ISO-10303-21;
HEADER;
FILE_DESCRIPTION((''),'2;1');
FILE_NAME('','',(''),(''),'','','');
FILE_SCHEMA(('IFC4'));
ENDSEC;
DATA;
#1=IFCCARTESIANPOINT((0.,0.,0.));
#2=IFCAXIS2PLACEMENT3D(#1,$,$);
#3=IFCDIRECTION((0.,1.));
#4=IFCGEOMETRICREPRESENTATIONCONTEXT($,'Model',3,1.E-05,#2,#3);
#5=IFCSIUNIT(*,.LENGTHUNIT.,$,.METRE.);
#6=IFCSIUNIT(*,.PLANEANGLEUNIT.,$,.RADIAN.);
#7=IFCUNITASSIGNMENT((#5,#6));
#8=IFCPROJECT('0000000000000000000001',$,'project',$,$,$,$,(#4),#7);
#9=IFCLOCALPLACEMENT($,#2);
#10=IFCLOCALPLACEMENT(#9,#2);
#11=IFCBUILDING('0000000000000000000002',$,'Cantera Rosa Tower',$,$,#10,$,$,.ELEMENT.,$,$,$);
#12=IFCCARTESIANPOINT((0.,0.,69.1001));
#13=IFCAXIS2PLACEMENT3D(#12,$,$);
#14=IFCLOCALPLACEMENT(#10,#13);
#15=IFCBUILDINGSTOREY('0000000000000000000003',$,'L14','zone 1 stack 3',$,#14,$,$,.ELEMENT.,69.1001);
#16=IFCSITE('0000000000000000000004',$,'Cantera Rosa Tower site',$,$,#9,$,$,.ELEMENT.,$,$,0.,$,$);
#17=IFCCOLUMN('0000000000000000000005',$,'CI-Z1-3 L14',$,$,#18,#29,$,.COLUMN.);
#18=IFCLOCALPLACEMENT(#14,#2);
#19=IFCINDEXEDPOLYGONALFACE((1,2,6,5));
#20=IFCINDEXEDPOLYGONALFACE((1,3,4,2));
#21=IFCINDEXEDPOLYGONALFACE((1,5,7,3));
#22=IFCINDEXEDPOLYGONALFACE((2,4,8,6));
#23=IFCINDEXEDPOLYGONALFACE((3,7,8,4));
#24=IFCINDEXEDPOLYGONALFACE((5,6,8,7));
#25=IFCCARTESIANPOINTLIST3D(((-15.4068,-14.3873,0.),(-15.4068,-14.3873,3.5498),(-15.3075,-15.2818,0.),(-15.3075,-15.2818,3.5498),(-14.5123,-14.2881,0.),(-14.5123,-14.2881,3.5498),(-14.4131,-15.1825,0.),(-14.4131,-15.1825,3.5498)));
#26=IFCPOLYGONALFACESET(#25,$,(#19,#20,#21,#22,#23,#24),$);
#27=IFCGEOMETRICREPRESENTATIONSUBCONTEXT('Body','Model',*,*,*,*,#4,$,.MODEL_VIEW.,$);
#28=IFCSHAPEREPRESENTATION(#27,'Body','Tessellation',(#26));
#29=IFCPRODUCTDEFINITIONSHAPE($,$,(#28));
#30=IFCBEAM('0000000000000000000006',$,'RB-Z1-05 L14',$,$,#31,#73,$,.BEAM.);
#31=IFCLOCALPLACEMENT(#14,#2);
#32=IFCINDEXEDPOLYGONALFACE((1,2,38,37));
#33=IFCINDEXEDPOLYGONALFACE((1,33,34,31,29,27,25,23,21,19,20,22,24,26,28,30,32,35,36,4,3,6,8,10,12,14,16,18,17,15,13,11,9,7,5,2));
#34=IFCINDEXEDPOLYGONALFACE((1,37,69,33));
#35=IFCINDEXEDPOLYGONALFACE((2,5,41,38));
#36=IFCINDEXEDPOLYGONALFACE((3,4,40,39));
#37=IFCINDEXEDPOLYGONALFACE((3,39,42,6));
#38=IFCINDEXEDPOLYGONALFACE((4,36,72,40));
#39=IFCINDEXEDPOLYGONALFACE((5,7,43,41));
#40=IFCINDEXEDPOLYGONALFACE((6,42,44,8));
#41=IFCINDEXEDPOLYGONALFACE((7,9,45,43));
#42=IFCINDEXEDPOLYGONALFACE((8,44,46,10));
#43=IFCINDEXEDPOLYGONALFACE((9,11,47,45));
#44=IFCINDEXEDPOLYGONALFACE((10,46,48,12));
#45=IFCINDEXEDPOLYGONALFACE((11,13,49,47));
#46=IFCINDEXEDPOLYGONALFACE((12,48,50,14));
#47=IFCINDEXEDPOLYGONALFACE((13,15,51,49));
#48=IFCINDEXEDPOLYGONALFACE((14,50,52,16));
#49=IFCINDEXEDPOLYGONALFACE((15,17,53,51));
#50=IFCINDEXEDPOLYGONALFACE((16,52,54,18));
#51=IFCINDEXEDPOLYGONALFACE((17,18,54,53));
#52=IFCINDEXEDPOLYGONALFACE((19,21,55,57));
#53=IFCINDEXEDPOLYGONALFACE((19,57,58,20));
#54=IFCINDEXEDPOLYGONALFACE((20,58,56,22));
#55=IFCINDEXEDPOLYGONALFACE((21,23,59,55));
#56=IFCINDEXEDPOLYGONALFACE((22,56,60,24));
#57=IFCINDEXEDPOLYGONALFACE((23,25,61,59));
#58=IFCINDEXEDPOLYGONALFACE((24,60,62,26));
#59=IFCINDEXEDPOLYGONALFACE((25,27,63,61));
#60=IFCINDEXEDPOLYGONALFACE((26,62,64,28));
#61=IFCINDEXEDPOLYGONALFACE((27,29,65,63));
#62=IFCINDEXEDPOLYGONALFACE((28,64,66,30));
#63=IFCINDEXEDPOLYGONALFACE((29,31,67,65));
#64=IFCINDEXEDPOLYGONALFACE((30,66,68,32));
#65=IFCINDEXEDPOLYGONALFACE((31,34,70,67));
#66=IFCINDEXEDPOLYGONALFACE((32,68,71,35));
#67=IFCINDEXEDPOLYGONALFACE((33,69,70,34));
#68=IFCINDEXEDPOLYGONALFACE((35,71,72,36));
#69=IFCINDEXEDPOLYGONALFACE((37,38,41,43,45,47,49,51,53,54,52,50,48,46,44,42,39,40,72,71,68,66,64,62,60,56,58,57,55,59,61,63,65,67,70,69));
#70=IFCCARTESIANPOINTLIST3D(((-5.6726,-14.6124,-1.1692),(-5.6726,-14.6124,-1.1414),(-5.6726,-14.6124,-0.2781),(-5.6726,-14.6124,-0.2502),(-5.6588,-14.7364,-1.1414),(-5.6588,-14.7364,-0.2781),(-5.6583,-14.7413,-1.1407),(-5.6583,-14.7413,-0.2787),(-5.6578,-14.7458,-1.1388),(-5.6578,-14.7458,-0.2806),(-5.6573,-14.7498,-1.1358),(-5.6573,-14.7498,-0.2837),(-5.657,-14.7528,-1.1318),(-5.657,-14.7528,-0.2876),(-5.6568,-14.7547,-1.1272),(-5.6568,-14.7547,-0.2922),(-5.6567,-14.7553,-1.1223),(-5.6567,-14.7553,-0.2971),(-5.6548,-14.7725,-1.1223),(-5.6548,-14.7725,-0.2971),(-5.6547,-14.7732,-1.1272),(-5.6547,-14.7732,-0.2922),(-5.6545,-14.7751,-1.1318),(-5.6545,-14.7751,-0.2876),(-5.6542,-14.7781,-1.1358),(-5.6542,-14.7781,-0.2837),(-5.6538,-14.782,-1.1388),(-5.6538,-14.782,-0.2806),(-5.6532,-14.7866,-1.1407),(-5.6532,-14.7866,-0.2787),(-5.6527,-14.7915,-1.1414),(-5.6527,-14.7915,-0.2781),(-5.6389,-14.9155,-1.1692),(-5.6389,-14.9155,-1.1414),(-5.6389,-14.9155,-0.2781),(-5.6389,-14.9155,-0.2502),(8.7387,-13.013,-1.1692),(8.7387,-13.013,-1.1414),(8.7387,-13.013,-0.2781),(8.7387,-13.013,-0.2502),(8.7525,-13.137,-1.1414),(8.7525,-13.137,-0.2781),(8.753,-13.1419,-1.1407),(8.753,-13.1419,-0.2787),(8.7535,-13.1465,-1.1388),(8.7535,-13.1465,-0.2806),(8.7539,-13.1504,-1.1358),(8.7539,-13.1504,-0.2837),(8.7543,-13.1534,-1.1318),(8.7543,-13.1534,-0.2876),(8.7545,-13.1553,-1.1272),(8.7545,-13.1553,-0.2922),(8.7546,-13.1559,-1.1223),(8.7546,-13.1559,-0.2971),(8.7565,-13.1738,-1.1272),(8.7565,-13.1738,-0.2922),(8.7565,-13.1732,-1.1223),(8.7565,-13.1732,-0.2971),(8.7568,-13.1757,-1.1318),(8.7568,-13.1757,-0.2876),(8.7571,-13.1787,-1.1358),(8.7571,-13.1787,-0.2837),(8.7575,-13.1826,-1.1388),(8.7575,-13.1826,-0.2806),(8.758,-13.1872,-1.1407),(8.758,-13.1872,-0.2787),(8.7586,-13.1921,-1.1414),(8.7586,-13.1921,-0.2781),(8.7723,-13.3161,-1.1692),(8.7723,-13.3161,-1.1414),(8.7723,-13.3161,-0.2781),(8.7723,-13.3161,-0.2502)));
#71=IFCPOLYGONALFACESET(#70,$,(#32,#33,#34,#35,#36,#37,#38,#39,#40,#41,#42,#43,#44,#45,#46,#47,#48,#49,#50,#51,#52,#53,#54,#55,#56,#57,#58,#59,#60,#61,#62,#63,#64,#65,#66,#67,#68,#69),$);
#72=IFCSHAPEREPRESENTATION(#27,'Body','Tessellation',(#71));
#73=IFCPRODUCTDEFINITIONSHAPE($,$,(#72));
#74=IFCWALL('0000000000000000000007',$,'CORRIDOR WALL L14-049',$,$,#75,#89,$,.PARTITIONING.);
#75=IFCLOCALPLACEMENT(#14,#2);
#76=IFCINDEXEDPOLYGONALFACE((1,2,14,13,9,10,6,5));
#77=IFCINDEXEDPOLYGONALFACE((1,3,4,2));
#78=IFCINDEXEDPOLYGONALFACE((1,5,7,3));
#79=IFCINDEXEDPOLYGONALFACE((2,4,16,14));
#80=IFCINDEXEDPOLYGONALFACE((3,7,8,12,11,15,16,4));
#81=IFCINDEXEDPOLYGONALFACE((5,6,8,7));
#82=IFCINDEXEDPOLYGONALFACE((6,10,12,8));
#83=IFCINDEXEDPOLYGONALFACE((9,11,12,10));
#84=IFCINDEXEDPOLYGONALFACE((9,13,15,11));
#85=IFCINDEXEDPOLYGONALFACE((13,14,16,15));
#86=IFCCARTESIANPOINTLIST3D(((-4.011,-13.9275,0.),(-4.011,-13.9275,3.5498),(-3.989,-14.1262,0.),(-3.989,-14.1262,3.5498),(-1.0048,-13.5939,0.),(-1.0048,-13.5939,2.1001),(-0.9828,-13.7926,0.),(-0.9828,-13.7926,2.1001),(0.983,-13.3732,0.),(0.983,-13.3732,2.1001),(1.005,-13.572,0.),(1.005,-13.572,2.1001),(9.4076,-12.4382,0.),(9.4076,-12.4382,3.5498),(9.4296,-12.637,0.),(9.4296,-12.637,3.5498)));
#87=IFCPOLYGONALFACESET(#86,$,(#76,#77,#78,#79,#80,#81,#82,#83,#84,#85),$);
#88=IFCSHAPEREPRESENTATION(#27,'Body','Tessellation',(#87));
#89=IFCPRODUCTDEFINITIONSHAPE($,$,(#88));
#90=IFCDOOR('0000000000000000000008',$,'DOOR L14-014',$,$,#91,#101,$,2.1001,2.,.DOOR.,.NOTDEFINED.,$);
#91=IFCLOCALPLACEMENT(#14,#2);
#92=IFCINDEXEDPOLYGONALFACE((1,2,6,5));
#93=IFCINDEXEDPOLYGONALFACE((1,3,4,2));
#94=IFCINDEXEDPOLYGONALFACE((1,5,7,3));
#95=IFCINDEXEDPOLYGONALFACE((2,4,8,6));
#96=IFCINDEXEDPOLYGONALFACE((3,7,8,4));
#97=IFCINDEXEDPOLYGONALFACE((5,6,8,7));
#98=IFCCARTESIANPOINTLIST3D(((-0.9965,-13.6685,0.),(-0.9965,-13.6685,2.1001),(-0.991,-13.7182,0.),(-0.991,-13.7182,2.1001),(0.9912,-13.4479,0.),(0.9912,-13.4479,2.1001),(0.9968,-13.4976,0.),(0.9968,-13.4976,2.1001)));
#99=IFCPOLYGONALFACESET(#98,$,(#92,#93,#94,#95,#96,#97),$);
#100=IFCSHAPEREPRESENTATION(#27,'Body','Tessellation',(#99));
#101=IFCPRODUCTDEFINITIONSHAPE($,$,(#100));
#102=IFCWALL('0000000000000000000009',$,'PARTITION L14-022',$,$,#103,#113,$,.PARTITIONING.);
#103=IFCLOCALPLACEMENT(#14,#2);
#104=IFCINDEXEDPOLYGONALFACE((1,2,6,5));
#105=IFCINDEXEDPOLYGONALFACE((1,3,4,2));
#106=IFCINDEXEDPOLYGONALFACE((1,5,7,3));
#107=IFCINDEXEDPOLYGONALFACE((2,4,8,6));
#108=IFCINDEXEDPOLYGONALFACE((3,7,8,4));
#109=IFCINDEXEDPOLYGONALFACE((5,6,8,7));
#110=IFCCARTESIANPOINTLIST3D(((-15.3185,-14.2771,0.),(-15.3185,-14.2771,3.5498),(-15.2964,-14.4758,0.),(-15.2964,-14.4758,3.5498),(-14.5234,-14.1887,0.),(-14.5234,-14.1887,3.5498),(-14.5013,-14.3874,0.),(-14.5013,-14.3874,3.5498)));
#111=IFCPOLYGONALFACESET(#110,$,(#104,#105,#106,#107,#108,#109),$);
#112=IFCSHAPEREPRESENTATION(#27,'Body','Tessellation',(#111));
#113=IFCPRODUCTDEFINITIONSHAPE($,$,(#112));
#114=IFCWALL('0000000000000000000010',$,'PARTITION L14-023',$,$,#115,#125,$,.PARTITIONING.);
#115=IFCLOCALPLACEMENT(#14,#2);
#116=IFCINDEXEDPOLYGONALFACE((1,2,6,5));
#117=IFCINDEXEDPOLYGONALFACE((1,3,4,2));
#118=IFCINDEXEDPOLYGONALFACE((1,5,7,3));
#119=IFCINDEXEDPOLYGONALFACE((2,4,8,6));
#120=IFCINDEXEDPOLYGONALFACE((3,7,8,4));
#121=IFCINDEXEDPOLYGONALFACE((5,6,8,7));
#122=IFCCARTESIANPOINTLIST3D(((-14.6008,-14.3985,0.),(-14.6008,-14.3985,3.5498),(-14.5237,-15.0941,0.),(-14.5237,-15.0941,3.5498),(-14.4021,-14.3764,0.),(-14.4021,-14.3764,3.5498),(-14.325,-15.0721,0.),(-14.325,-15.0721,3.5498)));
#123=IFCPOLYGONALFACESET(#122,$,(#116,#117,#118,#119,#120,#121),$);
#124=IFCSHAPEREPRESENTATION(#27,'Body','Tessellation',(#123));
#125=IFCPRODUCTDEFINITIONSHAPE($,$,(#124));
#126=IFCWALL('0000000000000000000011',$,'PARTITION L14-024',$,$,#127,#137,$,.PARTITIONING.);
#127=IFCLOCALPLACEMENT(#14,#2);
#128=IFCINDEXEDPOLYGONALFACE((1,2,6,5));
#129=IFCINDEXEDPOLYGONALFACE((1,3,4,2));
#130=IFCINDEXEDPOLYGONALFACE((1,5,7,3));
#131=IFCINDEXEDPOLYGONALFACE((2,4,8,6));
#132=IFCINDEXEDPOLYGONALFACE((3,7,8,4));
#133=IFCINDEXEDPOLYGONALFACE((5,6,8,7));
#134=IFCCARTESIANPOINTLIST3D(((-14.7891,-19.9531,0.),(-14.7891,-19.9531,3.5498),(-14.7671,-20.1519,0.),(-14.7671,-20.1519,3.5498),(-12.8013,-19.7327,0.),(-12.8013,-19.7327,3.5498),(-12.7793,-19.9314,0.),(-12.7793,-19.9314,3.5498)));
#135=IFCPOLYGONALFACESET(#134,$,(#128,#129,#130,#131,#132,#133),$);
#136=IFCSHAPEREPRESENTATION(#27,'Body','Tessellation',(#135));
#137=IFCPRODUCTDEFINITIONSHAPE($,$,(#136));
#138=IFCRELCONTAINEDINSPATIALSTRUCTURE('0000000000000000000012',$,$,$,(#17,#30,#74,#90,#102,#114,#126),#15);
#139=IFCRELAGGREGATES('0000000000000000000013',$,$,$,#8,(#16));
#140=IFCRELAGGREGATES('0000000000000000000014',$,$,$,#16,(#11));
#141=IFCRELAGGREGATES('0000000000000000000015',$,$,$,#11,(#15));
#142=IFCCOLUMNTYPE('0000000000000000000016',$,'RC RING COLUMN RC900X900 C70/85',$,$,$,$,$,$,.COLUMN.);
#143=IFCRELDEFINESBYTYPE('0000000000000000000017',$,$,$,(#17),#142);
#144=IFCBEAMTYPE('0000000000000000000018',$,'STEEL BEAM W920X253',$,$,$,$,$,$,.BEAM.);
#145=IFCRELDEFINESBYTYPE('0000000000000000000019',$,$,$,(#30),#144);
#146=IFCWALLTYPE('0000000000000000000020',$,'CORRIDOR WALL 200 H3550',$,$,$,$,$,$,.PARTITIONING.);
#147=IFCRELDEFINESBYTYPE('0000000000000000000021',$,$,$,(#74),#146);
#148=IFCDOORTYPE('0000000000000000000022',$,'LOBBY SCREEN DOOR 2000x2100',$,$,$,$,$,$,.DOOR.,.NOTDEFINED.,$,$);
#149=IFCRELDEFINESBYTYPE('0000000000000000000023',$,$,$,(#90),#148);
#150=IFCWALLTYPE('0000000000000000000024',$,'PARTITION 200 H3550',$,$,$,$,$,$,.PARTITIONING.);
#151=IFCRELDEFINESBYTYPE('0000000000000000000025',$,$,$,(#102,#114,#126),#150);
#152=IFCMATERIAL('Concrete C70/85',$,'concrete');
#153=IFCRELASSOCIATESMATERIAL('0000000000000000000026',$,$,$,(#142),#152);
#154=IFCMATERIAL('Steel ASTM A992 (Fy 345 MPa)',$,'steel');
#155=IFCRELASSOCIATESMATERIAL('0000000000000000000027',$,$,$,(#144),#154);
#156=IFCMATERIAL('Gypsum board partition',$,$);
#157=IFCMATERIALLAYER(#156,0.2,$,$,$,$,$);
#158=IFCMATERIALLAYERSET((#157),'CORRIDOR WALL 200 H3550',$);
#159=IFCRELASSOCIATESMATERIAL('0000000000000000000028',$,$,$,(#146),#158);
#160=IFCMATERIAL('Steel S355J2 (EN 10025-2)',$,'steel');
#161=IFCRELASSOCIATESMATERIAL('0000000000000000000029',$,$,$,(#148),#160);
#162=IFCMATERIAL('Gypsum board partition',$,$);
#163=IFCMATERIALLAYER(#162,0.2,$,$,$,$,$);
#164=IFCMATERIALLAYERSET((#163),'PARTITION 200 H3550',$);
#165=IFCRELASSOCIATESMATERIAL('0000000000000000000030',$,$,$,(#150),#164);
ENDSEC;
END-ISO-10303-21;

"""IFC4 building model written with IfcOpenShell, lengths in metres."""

from ifc_helpers import new_model, si_unit, direction, frame, frame_2d, origin, origin_2d, place, context, subcontext, project, spatial, rectangle, i_section, extrude, material, layer, layer_set, material_profile, profile_set, type_object, element, fill, save


model = new_model("IFC4")

# Units and contexts
model_context = context("Model", 3, precision=1e-05, world=origin(), true_north=direction((0.0, 1.0)))
body_context = subcontext(model_context, "Body", "Model", "MODEL_VIEW")
ifc_project = project(units=[si_unit("LENGTHUNIT", "METRE"), si_unit("PLANEANGLEUNIT", "RADIAN")], contexts=[model_context])

# Site, building, storey
site_placement = place(None, origin())
site = spatial("IfcSite", under=ifc_project, at=site_placement, Name="Cantera Rosa Tower site", CompositionType="ELEMENT", RefElevation=0.0)
building_placement = place(site_placement, origin())
building = spatial("IfcBuilding", under=site, at=building_placement, Name="Cantera Rosa Tower", CompositionType="ELEMENT")
storey_placement = place(building_placement, frame((0.0, 0.0, 69.1001)))
storey = spatial("IfcBuildingStorey", under=building, at=storey_placement, Name="L14", Description="zone 1 stack 3", CompositionType="ELEMENT", Elevation=69.1001)

# Column
ifc_material_1 = material(Name="Concrete C70/85", Category="concrete")
ifc_material_profile_1 = material_profile(ifc_material_1, rectangle(XDim=0.8999, YDim=0.8999, at=origin_2d()), Name="RC RING COLUMN RC900X900 C70/85")
ifc_profile_set_1 = profile_set([ifc_material_profile_1], Name="Concrete C70/85")
column_type = type_object("IfcColumnType", Name="RC RING COLUMN RC900X900 C70/85", PredefinedType="COLUMN", material=ifc_profile_set_1)
column_placement = place(storey_placement, frame((-14.9099, -14.7849, 0.0), z_axis=(0.0, 0.0, 1.0), x_axis=(0.993897, 0.110313, 0.0)))
element("IfcColumn", 1, at=column_placement, inside=storey, type_object=column_type, Name="CI-Z1-3 L14", PredefinedType="COLUMN", context=body_context, shape_type="SweptSolid", body=[
    extrude(rectangle(XDim=0.8999, YDim=0.8999, at=origin_2d()), origin(), (0.0, 0.0, 1.0), 3.5498),
])

# Beam
ifc_material_2 = material(Name="Steel ASTM A992 (Fy 345 MPa)", Category="steel")
ifc_material_profile_2 = material_profile(ifc_material_2, i_section(OverallWidth=0.3049, OverallDepth=0.9189, WebThickness=0.0173, FlangeThickness=0.0278, FilletRadius=0.019, at=origin_2d()), Name="W920X253")
ifc_profile_set_2 = profile_set([ifc_material_profile_2], Name="Steel ASTM A992 (Fy 345 MPa)")
beam_type = type_object("IfcBeamType", Name="STEEL BEAM W920X253", PredefinedType="BEAM", material=ifc_profile_set_2)
beam_placement = place(storey_placement, frame((-5.6558, -14.7639, -0.7097), z_axis=(0.993898, 0.110302, 0.0), x_axis=(-0.110302, 0.993898, 0.0)))
element("IfcBeam", 2, at=beam_placement, inside=storey, type_object=beam_type, Name="RB-Z1-05 L14", PredefinedType="BEAM", context=body_context, shape_type="SweptSolid", body=[
    extrude(i_section(OverallWidth=0.3049, OverallDepth=0.9189, WebThickness=0.0173, FlangeThickness=0.0278, FilletRadius=0.019, at=origin_2d()), origin(), (0.0, 0.0, 1.0), 14.4998),
])

# Wall, opening, door
ifc_material_3 = material(Name="Gypsum board partition")
ifc_layer_1 = layer(ifc_material_3, 0.2)
ifc_layer_set_1 = layer_set([ifc_layer_1], Name="CORRIDOR WALL 200 H3550")
wall_type_1 = type_object("IfcWallType", Name="CORRIDOR WALL 200 H3550", PredefinedType="PARTITIONING", material=ifc_layer_set_1)
wall_1_placement = place(storey_placement, frame((-4.0, -14.0269, 0.0), z_axis=(0.0, 0.0, 1.0), x_axis=(0.993898, 0.110306, 0.0)))
wall_1 = element("IfcWall", 3, at=wall_1_placement, inside=storey, type_object=wall_type_1, Name="CORRIDOR WALL L14-049", PredefinedType="PARTITIONING", context=body_context, shape_type="SweptSolid", body=[
    extrude(rectangle(XDim=13.501, YDim=0.2, at=frame_2d((6.7505, 0.0))), origin(), (0.0, 0.0, 1.0), 3.5498),
])
opening_1_placement = place(wall_1_placement, frame((3.0247, 0.0, 0.0)))
opening_1 = element("IfcOpeningElement", 4, at=opening_1_placement, cuts=wall_1, PredefinedType="OPENING", context=body_context, shape_type="SweptSolid", body=[
    extrude(rectangle(XDim=2.0, YDim=2.1001, at=frame_2d((1.0, 1.05))), frame((0.0, 0.1099, 0.0), z_axis=(0.0, -1.0, 0.0), x_axis=(1.0, 0.0, 0.0)), (0.0, 0.0, 1.0), 0.22),
])
ifc_material_4 = material(Name="Steel S355J2 (EN 10025-2)", Category="steel")
door_type_1 = type_object("IfcDoorType", Name="LOBBY SCREEN DOOR 2000x2100", OperationType="NOTDEFINED", PredefinedType="DOOR", material=ifc_material_4)
door_1_placement = place(opening_1_placement, origin())
door_1 = element("IfcDoor", 5, at=door_1_placement, inside=storey, type_object=door_type_1, Name="DOOR L14-014", OperationType="NOTDEFINED", OverallHeight=2.1001, OverallWidth=2.0, PredefinedType="DOOR", context=body_context, shape_type="SweptSolid", body=[
    extrude(rectangle(XDim=2.0, YDim=2.1001, at=frame_2d((1.0, 1.05))), frame((0.0, 0.0249, 0.0), z_axis=(0.0, -1.0, 0.0), x_axis=(1.0, 0.0, 0.0)), (0.0, 0.0, 1.0), 0.05),
])
fill(opening_1, door_1)

# Walls
ifc_material_5 = material(Name="Gypsum board partition")
ifc_layer_2 = layer(ifc_material_5, 0.2)
ifc_layer_set_2 = layer_set([ifc_layer_2], Name="PARTITION 200 H3550")
wall_type_2 = type_object("IfcWallType", Name="PARTITION 200 H3550", PredefinedType="PARTITIONING", material=ifc_layer_set_2)
wall_2_placement = place(storey_placement, frame((-14.5125, -14.2881, 0.0), z_axis=(0.0, 0.0, 1.0), x_axis=(-0.99388, -0.110465, 0.0)))
element("IfcWall", 6, at=wall_2_placement, inside=storey, type_object=wall_type_2, Name="PARTITION L14-022", PredefinedType="PARTITIONING", context=body_context, shape_type="SweptSolid", body=[
    extrude(rectangle(XDim=0.8, YDim=0.2, at=frame_2d((0.3999, 0.0))), origin(), (0.0, 0.0, 1.0), 3.5498),
])
wall_3_placement = place(storey_placement, frame((-14.4243, -15.0833, 0.0), z_axis=(0.0, 0.0, 1.0), x_axis=(-0.110202, 0.993909, 0.0)))
element("IfcWall", 7, at=wall_3_placement, inside=storey, type_object=wall_type_2, Name="PARTITION L14-023", PredefinedType="PARTITIONING", context=body_context, shape_type="SweptSolid", body=[
    extrude(rectangle(XDim=0.7, YDim=0.2, at=frame_2d((0.3501, 0.0))), origin(), (0.0, 0.0, 1.0), 3.5498),
])
wall_4_placement = place(storey_placement, frame((-12.7903, -19.832, 0.0), z_axis=(0.0, 0.0, 1.0), x_axis=(-0.993906, -0.110231, 0.0)))
element("IfcWall", 8, at=wall_4_placement, inside=storey, type_object=wall_type_2, Name="PARTITION L14-024", PredefinedType="PARTITIONING", context=body_context, shape_type="SweptSolid", body=[
    extrude(rectangle(XDim=2.0, YDim=0.2, at=frame_2d((1.0, 0.0))), origin(), (0.0, 0.0, 1.0), 3.5498),
])

save(model, "model.ifc")
